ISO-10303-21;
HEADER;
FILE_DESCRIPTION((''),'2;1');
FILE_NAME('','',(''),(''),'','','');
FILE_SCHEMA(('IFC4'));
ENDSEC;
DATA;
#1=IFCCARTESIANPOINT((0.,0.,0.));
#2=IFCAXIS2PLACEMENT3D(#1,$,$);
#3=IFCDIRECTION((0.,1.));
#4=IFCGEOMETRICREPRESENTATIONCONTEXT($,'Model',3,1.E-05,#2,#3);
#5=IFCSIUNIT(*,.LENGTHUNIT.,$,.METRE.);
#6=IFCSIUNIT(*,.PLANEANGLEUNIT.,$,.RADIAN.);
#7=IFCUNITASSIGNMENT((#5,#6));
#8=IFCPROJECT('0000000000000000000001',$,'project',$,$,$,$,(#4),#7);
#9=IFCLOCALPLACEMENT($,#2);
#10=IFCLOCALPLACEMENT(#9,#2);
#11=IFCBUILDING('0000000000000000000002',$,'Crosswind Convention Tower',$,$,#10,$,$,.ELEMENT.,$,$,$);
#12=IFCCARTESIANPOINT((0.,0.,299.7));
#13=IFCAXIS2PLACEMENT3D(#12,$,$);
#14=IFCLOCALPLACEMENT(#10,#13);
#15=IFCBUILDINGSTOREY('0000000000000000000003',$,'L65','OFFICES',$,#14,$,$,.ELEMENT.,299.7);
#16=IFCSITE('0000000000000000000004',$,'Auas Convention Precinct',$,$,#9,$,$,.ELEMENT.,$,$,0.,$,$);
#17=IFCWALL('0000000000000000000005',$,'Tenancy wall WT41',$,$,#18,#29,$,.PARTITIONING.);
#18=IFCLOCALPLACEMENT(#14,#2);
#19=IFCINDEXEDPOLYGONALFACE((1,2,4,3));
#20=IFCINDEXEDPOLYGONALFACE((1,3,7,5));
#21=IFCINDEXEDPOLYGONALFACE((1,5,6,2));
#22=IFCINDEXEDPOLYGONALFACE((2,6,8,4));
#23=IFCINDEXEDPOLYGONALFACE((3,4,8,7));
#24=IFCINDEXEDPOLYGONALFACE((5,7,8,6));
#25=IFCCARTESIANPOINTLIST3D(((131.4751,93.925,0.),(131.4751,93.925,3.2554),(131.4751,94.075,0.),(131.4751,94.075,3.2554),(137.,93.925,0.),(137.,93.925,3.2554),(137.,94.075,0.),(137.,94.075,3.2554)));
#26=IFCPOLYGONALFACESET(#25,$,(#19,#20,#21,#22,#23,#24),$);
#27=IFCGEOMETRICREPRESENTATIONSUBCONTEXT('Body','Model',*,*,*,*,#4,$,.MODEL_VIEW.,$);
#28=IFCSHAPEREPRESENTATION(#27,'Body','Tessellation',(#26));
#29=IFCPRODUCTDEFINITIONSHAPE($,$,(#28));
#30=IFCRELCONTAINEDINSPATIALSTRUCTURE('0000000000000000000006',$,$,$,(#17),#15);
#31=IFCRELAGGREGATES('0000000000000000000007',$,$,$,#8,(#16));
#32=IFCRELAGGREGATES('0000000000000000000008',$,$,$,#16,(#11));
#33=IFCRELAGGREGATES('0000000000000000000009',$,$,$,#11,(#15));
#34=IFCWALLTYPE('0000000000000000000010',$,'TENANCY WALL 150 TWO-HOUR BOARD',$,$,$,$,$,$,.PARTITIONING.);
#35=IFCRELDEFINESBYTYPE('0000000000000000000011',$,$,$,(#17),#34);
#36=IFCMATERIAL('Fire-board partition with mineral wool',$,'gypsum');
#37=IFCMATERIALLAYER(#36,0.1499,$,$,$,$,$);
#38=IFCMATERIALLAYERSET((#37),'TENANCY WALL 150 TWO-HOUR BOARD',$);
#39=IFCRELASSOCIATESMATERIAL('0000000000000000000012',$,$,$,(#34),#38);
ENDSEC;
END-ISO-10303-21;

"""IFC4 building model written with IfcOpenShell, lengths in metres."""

from ifc_helpers import new_model, si_unit, direction, frame, frame_2d, origin, place, context, subcontext, project, spatial, rectangle, extrude, material, layer, layer_set, type_object, element, save


model = new_model("IFC4")

# Units and contexts
model_context = context("Model", 3, precision=1e-05, world=origin(), true_north=direction((0.0, 1.0)))
body_context = subcontext(model_context, "Body", "Model", "MODEL_VIEW")
ifc_project = project(units=[si_unit("LENGTHUNIT", "METRE"), si_unit("PLANEANGLEUNIT", "RADIAN")], contexts=[model_context])

# Site, building, storey
site_placement = place(None, origin())
site = spatial("IfcSite", under=ifc_project, at=site_placement, Name="Auas Convention Precinct", CompositionType="ELEMENT", RefElevation=0.0)
building_placement = place(site_placement, origin())
building = spatial("IfcBuilding", under=site, at=building_placement, Name="Crosswind Convention Tower", CompositionType="ELEMENT")
storey_placement = place(building_placement, frame((0.0, 0.0, 299.7)))
storey = spatial("IfcBuildingStorey", under=building, at=storey_placement, Name="L65", Description="OFFICES", CompositionType="ELEMENT", Elevation=299.7)

# Wall
ifc_material_1 = material(Name="Fire-board partition with mineral wool", Category="gypsum")
ifc_layer_1 = layer(ifc_material_1, 0.1499)
ifc_layer_set_1 = layer_set([ifc_layer_1], Name="TENANCY WALL 150 TWO-HOUR BOARD")
wall_type_1 = type_object("IfcWallType", Name="TENANCY WALL 150 TWO-HOUR BOARD", PredefinedType="PARTITIONING", material=ifc_layer_set_1)
wall_1_placement = place(storey_placement, frame((131.4751, 94.0, 0.0), z_axis=(0.0, 0.0, 1.0), x_axis=(1.0, 0.0, 0.0)))
element("IfcWall", 1, at=wall_1_placement, inside=storey, type_object=wall_type_1, Name="Tenancy wall WT41", PredefinedType="PARTITIONING", context=body_context, shape_type="SweptSolid", body=[
    extrude(rectangle(XDim=5.5249, YDim=0.1499, at=frame_2d((2.7625, 0.0))), origin(), (0.0, 0.0, 1.0), 3.2554),
])

save(model, "model.ifc")
